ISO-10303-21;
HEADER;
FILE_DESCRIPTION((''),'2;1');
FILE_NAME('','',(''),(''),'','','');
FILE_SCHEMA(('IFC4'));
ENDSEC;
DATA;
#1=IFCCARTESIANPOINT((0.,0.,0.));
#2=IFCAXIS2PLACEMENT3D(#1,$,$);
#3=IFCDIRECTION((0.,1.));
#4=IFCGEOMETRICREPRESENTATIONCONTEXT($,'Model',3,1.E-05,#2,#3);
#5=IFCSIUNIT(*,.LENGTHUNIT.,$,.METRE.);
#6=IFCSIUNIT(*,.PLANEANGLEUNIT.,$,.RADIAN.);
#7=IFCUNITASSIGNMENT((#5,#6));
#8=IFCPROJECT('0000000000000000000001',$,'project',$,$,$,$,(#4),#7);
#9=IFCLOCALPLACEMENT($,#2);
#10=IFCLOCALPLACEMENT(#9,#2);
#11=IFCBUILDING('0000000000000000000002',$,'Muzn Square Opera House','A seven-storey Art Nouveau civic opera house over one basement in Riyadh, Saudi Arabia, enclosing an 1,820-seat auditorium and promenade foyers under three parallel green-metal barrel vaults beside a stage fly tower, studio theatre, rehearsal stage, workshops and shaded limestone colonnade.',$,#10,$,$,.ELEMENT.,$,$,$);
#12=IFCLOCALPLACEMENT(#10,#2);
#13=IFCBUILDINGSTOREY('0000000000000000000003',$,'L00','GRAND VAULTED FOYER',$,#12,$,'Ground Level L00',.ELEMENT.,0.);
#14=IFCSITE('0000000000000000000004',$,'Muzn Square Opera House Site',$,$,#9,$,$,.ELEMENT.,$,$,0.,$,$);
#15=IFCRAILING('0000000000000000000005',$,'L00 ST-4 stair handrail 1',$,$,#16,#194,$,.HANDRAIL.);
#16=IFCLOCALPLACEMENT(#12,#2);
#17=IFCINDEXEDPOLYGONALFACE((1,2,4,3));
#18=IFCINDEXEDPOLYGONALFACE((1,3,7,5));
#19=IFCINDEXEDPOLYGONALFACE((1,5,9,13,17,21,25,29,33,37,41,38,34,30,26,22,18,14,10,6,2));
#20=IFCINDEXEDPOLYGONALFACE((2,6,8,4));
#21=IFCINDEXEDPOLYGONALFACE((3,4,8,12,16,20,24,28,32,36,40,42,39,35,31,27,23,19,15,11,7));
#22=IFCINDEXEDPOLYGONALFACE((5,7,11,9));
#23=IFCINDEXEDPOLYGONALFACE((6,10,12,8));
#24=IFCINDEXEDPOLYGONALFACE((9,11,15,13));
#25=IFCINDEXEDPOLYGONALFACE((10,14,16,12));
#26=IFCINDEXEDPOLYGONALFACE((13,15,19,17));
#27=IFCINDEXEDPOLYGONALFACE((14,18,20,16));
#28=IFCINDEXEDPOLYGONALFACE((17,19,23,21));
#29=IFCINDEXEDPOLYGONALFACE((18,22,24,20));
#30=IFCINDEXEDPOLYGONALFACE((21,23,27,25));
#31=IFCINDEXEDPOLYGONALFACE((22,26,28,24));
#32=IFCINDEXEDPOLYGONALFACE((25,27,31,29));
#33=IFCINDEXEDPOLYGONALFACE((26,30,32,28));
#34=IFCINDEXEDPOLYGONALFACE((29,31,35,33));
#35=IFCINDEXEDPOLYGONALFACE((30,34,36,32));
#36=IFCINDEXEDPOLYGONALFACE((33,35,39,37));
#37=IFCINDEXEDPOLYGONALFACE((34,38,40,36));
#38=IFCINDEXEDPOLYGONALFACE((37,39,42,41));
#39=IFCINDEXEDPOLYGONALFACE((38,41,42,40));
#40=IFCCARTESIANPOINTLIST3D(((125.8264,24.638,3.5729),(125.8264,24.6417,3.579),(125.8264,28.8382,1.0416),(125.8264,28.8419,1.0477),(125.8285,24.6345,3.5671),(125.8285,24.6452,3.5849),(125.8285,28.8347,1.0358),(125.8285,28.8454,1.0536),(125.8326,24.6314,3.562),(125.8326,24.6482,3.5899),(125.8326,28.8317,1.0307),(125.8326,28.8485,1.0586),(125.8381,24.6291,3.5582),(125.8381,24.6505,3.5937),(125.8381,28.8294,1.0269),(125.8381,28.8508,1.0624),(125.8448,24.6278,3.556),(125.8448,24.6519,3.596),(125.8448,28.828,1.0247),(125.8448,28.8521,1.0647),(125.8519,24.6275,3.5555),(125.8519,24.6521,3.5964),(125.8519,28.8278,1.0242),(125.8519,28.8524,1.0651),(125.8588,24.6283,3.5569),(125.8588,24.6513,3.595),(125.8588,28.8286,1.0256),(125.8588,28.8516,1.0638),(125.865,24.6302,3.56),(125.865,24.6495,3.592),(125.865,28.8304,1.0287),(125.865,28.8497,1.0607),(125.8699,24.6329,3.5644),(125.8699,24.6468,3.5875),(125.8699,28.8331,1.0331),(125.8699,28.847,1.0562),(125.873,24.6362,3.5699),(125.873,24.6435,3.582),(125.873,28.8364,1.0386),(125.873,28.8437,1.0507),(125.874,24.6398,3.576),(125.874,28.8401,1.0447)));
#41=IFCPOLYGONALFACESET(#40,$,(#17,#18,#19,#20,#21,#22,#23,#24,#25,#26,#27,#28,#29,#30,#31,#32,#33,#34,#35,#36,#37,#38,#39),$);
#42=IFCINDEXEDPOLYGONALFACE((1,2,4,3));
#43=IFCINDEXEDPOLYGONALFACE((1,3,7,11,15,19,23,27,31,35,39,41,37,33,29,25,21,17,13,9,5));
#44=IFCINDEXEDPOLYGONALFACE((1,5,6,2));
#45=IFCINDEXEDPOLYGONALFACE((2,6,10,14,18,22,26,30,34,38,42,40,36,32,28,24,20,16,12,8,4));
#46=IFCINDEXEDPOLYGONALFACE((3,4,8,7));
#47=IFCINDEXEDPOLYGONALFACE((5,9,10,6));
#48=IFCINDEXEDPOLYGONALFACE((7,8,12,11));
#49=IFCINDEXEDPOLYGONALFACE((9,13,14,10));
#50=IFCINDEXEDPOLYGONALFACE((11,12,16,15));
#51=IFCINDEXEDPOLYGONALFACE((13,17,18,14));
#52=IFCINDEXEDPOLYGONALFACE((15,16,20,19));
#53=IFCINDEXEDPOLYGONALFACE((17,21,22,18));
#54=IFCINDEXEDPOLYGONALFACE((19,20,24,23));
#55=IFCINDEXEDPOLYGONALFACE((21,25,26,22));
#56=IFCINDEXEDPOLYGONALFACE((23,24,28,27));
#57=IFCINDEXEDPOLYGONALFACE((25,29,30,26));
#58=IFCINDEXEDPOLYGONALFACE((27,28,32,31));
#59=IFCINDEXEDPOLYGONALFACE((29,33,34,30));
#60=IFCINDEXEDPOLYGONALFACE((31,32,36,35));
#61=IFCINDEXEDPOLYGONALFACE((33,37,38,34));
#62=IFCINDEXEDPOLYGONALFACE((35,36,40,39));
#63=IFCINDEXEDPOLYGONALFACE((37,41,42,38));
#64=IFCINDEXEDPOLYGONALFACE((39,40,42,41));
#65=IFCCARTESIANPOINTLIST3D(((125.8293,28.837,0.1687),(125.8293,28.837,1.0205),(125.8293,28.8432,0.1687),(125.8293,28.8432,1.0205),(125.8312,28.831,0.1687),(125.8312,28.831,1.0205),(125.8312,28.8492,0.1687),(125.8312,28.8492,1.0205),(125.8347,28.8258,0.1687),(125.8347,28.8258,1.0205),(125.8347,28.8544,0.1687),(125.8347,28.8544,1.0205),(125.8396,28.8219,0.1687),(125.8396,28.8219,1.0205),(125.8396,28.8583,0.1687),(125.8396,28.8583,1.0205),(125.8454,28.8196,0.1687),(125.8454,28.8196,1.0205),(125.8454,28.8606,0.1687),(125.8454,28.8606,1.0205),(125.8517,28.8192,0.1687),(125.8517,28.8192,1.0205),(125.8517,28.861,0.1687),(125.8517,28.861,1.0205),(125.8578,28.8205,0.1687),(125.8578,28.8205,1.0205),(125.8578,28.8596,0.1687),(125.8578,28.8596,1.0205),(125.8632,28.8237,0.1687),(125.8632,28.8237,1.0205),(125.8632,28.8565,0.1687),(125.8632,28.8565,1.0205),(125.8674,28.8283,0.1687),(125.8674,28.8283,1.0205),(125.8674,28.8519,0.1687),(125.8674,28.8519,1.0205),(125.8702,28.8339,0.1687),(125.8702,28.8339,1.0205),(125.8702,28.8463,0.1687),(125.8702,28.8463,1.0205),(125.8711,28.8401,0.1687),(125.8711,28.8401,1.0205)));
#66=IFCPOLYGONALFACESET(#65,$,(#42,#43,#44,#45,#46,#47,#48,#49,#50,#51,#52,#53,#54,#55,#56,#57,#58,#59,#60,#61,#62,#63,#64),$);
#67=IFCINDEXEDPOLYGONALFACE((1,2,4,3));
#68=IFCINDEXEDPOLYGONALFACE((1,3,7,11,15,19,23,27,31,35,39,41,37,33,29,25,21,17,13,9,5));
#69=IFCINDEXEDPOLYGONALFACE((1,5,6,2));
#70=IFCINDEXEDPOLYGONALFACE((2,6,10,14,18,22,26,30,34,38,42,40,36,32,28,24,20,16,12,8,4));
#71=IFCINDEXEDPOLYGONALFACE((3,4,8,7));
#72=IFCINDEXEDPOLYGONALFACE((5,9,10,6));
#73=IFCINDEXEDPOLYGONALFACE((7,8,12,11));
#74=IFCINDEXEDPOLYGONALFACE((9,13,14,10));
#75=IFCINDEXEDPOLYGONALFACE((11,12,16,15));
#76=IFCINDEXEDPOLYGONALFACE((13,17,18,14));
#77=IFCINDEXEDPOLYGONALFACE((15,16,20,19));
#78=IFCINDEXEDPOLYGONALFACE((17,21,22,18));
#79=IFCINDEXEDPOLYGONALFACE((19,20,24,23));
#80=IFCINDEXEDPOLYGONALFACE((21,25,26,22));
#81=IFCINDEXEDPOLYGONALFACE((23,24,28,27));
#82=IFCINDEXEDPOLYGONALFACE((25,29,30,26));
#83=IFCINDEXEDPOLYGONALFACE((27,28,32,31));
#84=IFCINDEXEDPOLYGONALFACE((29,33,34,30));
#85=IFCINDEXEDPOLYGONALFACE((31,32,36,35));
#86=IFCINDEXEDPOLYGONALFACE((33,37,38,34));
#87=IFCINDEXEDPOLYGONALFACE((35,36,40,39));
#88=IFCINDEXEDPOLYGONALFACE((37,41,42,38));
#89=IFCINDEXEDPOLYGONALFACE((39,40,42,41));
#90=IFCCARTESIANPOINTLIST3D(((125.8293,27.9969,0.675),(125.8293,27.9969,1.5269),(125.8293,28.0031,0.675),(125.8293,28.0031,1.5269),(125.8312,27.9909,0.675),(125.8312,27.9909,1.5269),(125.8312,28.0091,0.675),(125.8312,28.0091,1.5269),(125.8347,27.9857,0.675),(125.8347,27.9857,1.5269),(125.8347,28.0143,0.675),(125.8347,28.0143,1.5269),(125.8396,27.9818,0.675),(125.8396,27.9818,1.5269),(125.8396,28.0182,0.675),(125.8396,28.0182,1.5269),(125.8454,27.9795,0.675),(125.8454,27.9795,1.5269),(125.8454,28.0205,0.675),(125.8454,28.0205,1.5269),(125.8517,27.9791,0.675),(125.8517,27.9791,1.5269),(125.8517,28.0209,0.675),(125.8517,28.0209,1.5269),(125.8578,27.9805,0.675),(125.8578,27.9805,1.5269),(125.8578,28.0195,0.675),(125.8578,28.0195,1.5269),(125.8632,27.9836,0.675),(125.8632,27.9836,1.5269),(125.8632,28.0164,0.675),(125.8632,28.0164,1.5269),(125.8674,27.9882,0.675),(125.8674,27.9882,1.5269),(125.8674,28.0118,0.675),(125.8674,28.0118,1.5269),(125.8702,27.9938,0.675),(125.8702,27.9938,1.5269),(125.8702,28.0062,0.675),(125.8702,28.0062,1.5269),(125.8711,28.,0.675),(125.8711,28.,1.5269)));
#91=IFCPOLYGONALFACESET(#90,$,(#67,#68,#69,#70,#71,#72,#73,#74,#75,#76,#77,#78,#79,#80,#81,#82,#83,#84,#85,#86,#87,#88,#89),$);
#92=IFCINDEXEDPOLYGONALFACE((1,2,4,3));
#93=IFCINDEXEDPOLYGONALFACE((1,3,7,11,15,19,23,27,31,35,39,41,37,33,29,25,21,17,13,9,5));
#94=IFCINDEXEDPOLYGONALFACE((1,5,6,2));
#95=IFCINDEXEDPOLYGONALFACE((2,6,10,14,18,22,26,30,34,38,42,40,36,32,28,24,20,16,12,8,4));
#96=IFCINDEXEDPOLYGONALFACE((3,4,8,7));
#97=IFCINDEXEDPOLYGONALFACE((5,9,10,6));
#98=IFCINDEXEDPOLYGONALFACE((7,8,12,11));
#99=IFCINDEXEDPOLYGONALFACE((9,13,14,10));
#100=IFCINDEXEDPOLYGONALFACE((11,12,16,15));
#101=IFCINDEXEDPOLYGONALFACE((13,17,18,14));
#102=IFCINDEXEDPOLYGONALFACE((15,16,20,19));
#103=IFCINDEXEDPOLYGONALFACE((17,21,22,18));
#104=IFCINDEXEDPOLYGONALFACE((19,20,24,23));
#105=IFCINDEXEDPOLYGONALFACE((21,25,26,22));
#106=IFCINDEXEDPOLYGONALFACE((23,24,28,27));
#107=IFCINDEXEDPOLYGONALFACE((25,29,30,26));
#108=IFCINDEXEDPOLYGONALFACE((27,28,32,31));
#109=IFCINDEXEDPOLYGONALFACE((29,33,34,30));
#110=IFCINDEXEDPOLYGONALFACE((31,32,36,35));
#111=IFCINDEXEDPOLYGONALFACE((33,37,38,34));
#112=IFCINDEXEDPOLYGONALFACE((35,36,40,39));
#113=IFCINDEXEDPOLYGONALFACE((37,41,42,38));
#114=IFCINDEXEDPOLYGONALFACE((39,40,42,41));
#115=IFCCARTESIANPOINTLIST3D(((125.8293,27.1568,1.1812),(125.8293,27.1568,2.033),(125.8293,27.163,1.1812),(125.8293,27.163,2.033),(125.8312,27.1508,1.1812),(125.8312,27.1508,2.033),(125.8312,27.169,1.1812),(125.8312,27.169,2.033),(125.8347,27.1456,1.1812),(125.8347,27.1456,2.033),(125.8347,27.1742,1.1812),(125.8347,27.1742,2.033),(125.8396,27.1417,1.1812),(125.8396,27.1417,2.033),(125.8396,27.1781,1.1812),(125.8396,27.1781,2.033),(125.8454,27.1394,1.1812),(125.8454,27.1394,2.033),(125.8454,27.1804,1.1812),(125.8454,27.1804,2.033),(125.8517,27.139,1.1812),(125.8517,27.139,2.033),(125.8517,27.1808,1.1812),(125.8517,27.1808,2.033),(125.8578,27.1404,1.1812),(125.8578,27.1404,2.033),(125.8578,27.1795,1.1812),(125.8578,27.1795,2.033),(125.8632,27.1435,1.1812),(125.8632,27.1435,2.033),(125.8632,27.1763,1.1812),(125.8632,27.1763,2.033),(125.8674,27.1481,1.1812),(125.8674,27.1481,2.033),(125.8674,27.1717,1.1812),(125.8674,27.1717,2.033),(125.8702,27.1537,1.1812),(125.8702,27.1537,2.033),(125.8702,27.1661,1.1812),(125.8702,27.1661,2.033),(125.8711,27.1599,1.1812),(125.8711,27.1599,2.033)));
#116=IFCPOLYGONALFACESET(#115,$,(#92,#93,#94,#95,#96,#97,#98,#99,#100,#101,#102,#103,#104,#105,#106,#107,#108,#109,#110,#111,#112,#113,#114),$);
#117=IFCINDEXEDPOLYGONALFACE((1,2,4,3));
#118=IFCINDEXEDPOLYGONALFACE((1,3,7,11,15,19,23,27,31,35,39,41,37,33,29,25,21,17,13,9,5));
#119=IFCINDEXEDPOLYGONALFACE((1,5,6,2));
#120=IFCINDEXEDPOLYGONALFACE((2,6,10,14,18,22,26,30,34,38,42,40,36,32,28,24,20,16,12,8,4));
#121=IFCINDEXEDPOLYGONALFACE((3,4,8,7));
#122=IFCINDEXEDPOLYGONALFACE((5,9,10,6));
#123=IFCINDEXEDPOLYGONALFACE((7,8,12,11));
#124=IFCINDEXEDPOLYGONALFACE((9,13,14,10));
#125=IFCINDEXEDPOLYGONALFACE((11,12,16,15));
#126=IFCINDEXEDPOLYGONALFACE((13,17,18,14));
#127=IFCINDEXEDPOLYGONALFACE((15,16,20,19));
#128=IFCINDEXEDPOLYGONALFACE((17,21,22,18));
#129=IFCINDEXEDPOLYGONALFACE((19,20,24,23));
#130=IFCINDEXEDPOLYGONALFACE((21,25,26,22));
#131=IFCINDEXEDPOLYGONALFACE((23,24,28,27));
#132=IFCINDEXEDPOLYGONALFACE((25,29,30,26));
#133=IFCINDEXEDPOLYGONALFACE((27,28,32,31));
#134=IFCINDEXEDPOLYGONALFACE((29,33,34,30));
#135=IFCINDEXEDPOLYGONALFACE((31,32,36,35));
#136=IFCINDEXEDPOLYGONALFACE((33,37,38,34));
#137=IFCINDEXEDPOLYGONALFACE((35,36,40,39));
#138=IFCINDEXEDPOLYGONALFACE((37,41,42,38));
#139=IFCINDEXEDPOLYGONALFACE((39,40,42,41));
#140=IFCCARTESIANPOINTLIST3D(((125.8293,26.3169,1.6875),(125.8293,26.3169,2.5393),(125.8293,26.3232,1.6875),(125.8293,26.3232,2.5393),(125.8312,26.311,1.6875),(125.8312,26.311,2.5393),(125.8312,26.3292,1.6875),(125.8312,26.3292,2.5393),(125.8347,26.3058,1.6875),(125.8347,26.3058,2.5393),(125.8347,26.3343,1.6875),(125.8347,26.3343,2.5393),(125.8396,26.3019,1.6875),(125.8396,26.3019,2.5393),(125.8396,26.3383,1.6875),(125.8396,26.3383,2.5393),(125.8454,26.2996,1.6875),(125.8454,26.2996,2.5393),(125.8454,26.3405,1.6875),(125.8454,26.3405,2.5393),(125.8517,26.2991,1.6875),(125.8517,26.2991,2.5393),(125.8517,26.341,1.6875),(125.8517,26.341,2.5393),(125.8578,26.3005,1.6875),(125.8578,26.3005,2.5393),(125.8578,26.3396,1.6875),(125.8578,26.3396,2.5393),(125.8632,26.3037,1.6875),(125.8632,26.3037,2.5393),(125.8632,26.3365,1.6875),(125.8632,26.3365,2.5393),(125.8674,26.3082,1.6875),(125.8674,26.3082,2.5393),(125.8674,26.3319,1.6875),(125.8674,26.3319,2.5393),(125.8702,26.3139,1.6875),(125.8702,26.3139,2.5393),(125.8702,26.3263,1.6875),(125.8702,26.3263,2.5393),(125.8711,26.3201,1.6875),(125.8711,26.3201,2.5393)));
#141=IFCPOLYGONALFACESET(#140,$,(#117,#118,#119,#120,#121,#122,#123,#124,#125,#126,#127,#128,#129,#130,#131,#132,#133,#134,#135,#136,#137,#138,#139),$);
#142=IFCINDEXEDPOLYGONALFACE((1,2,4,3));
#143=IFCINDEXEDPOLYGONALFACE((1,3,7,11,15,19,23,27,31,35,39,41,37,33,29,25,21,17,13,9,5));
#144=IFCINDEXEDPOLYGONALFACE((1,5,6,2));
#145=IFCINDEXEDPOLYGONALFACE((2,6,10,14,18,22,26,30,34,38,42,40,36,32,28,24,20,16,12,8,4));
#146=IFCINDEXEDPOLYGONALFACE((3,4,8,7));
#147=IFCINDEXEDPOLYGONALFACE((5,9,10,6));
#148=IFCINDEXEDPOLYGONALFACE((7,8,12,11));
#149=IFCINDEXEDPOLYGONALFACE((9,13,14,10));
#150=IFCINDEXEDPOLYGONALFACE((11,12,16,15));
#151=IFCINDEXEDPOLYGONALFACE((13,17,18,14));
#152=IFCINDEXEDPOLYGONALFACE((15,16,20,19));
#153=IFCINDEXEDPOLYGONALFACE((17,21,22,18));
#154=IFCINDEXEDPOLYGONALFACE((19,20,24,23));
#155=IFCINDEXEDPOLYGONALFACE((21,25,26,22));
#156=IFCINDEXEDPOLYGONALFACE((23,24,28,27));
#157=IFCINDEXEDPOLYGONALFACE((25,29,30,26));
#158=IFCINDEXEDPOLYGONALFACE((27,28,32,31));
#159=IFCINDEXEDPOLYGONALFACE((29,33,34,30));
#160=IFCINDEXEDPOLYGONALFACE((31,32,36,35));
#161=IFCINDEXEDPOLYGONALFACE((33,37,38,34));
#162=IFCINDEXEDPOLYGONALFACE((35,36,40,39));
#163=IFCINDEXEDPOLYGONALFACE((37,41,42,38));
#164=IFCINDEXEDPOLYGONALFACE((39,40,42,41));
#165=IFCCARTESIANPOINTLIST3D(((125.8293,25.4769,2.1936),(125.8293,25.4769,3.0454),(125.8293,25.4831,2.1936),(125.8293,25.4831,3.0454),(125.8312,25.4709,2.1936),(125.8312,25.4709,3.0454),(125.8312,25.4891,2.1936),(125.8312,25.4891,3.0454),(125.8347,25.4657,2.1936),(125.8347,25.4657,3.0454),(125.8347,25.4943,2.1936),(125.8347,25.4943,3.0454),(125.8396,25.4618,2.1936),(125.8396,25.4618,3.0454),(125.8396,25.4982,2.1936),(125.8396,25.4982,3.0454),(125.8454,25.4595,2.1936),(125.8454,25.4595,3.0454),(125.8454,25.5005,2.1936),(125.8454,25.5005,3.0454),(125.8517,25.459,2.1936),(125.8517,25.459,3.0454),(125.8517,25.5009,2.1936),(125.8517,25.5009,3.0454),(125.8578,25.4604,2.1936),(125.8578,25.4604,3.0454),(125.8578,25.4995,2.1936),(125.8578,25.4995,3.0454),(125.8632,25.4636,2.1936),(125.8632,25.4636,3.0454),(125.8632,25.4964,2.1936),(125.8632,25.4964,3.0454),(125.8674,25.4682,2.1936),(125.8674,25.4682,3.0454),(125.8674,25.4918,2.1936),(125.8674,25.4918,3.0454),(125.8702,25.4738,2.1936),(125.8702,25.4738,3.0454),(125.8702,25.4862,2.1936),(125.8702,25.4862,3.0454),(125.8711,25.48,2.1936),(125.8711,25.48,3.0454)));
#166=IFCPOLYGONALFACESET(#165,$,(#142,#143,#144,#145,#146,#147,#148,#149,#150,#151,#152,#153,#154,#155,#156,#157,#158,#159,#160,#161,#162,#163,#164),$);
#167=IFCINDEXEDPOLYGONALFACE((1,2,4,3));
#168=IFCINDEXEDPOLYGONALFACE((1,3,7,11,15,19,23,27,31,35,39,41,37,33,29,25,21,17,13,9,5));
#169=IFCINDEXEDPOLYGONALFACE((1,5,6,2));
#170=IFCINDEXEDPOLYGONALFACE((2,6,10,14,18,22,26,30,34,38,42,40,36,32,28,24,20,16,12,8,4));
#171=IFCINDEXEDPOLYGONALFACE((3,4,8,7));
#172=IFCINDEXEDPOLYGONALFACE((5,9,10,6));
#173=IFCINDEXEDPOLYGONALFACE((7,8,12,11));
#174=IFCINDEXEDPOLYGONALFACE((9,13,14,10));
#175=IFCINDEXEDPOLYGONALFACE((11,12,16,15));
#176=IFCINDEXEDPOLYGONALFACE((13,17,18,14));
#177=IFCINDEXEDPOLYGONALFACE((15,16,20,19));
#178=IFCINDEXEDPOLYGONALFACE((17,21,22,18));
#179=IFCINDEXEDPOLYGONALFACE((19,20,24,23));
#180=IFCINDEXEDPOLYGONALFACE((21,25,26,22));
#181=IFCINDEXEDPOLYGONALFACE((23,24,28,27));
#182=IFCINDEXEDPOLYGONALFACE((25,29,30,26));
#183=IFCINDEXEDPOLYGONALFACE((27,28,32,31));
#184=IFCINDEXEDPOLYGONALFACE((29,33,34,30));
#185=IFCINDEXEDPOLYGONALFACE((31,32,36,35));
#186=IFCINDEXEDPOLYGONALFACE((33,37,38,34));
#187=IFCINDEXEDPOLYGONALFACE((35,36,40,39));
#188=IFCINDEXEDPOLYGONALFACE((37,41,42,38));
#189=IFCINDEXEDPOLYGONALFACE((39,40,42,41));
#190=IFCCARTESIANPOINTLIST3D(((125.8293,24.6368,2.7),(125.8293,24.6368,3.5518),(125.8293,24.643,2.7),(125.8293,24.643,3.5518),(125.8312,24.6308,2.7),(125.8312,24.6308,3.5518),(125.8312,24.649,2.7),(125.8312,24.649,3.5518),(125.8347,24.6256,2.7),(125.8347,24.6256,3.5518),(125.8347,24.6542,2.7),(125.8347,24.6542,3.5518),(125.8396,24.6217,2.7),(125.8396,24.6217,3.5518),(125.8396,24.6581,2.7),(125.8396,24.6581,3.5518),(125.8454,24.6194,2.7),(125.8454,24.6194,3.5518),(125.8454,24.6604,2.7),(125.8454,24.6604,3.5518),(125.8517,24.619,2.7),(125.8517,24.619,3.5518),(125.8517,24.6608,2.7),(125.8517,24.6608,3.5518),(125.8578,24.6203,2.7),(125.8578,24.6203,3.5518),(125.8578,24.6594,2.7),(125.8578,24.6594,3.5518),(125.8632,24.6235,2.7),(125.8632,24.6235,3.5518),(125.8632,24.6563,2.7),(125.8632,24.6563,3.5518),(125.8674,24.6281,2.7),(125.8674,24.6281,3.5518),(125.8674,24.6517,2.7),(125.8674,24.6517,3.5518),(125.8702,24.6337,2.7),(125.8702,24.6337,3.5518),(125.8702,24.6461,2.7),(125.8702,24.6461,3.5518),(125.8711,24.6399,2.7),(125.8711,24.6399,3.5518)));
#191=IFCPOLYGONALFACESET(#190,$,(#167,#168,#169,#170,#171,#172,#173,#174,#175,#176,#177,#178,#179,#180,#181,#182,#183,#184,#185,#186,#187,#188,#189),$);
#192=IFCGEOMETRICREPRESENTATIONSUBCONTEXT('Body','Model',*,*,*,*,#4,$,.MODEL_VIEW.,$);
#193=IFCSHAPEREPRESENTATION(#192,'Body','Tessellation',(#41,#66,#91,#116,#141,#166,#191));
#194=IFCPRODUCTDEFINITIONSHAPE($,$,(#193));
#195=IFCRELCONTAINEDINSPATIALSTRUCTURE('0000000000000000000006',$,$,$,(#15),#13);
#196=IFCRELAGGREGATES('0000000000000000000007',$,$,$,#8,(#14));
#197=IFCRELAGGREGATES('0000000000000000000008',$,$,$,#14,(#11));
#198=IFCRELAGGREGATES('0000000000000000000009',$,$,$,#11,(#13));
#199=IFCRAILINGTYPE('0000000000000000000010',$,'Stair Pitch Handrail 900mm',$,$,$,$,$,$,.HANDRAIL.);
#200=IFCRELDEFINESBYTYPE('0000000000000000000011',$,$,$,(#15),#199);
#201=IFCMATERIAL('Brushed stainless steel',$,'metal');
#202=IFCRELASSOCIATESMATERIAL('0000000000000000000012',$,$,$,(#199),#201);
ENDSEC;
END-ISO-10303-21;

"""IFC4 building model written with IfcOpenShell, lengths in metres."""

from ifc_helpers import new_model, si_unit, direction, frame, origin, origin_2d, place, context, subcontext, project, spatial, circle, extrude, material, type_object, element, save


model = new_model("IFC4")

# Units and contexts
model_context = context("Model", 3, precision=1e-05, world=origin(), true_north=direction((0.0, 1.0)))
body_context = subcontext(model_context, "Body", "Model", "MODEL_VIEW")
ifc_project = project(units=[si_unit("LENGTHUNIT", "METRE"), si_unit("PLANEANGLEUNIT", "RADIAN")], contexts=[model_context])

# Site, building, storey
site_placement = place(None, origin())
site = spatial("IfcSite", under=ifc_project, at=site_placement, Name="Muzn Square Opera House Site", CompositionType="ELEMENT", RefElevation=0.0)
building_placement = place(site_placement, origin())
building = spatial("IfcBuilding", under=site, at=building_placement, Name="Muzn Square Opera House", Description="A seven-storey Art Nouveau civic opera house over one basement in Riyadh, Saudi Arabia, enclosing an 1,820-seat auditorium and promenade foyers under three parallel green-metal barrel vaults beside a stage fly tower, studio theatre, rehearsal stage, workshops and shaded limestone colonnade.", CompositionType="ELEMENT")
storey_placement = place(building_placement, origin())
storey = spatial("IfcBuildingStorey", under=building, at=storey_placement, Name="L00", Description="GRAND VAULTED FOYER", LongName="Ground Level L00", CompositionType="ELEMENT", Elevation=0.0)

# Shared definitions
ifc_material_1 = material(Name="Brushed stainless steel", Category="metal")

# Railing
railing_type_1 = type_object("IfcRailingType", Name="Stair Pitch Handrail 900mm", PredefinedType="HANDRAIL", material=ifc_material_1)
railing_1_placement = place(storey_placement, frame((125.8501, 28.8401, 0.1687)))
element("IfcRailing", 1, at=railing_1_placement, inside=storey, type_object=railing_type_1, Name="L00 ST-4 stair handrail 1", PredefinedType="HANDRAIL", context=body_context, shape_type="SweptSolid", body=[
    extrude(circle(Radius=0.0239, at=origin_2d()), frame((0.0, 0.0, 0.876), z_axis=(0.0, -0.85649, 0.516164), x_axis=(1.0, 0.0, 0.0)), (0.0, 0.0, 1.0), 4.9041),
    extrude(circle(Radius=0.021, at=origin_2d()), origin(), (0.0, 0.0, 1.0), 0.8518),
    extrude(circle(Radius=0.021, at=origin_2d()), frame((0.0, -0.8401, 0.5063)), (0.0, 0.0, 1.0), 0.8518),
    extrude(circle(Radius=0.021, at=origin_2d()), frame((0.0, -1.6802, 1.0125)), (0.0, 0.0, 1.0), 0.8518),
    extrude(circle(Radius=0.021, at=origin_2d()), frame((0.0, -2.52, 1.5188)), (0.0, 0.0, 1.0), 0.8518),
    extrude(circle(Radius=0.021, at=origin_2d()), frame((0.0, -3.3601, 2.0249)), (0.0, 0.0, 1.0), 0.8518),
    extrude(circle(Radius=0.021, at=origin_2d()), frame((0.0, -4.2002, 2.5312)), (0.0, 0.0, 1.0), 0.8518),
])

save(model, "model.ifc")
